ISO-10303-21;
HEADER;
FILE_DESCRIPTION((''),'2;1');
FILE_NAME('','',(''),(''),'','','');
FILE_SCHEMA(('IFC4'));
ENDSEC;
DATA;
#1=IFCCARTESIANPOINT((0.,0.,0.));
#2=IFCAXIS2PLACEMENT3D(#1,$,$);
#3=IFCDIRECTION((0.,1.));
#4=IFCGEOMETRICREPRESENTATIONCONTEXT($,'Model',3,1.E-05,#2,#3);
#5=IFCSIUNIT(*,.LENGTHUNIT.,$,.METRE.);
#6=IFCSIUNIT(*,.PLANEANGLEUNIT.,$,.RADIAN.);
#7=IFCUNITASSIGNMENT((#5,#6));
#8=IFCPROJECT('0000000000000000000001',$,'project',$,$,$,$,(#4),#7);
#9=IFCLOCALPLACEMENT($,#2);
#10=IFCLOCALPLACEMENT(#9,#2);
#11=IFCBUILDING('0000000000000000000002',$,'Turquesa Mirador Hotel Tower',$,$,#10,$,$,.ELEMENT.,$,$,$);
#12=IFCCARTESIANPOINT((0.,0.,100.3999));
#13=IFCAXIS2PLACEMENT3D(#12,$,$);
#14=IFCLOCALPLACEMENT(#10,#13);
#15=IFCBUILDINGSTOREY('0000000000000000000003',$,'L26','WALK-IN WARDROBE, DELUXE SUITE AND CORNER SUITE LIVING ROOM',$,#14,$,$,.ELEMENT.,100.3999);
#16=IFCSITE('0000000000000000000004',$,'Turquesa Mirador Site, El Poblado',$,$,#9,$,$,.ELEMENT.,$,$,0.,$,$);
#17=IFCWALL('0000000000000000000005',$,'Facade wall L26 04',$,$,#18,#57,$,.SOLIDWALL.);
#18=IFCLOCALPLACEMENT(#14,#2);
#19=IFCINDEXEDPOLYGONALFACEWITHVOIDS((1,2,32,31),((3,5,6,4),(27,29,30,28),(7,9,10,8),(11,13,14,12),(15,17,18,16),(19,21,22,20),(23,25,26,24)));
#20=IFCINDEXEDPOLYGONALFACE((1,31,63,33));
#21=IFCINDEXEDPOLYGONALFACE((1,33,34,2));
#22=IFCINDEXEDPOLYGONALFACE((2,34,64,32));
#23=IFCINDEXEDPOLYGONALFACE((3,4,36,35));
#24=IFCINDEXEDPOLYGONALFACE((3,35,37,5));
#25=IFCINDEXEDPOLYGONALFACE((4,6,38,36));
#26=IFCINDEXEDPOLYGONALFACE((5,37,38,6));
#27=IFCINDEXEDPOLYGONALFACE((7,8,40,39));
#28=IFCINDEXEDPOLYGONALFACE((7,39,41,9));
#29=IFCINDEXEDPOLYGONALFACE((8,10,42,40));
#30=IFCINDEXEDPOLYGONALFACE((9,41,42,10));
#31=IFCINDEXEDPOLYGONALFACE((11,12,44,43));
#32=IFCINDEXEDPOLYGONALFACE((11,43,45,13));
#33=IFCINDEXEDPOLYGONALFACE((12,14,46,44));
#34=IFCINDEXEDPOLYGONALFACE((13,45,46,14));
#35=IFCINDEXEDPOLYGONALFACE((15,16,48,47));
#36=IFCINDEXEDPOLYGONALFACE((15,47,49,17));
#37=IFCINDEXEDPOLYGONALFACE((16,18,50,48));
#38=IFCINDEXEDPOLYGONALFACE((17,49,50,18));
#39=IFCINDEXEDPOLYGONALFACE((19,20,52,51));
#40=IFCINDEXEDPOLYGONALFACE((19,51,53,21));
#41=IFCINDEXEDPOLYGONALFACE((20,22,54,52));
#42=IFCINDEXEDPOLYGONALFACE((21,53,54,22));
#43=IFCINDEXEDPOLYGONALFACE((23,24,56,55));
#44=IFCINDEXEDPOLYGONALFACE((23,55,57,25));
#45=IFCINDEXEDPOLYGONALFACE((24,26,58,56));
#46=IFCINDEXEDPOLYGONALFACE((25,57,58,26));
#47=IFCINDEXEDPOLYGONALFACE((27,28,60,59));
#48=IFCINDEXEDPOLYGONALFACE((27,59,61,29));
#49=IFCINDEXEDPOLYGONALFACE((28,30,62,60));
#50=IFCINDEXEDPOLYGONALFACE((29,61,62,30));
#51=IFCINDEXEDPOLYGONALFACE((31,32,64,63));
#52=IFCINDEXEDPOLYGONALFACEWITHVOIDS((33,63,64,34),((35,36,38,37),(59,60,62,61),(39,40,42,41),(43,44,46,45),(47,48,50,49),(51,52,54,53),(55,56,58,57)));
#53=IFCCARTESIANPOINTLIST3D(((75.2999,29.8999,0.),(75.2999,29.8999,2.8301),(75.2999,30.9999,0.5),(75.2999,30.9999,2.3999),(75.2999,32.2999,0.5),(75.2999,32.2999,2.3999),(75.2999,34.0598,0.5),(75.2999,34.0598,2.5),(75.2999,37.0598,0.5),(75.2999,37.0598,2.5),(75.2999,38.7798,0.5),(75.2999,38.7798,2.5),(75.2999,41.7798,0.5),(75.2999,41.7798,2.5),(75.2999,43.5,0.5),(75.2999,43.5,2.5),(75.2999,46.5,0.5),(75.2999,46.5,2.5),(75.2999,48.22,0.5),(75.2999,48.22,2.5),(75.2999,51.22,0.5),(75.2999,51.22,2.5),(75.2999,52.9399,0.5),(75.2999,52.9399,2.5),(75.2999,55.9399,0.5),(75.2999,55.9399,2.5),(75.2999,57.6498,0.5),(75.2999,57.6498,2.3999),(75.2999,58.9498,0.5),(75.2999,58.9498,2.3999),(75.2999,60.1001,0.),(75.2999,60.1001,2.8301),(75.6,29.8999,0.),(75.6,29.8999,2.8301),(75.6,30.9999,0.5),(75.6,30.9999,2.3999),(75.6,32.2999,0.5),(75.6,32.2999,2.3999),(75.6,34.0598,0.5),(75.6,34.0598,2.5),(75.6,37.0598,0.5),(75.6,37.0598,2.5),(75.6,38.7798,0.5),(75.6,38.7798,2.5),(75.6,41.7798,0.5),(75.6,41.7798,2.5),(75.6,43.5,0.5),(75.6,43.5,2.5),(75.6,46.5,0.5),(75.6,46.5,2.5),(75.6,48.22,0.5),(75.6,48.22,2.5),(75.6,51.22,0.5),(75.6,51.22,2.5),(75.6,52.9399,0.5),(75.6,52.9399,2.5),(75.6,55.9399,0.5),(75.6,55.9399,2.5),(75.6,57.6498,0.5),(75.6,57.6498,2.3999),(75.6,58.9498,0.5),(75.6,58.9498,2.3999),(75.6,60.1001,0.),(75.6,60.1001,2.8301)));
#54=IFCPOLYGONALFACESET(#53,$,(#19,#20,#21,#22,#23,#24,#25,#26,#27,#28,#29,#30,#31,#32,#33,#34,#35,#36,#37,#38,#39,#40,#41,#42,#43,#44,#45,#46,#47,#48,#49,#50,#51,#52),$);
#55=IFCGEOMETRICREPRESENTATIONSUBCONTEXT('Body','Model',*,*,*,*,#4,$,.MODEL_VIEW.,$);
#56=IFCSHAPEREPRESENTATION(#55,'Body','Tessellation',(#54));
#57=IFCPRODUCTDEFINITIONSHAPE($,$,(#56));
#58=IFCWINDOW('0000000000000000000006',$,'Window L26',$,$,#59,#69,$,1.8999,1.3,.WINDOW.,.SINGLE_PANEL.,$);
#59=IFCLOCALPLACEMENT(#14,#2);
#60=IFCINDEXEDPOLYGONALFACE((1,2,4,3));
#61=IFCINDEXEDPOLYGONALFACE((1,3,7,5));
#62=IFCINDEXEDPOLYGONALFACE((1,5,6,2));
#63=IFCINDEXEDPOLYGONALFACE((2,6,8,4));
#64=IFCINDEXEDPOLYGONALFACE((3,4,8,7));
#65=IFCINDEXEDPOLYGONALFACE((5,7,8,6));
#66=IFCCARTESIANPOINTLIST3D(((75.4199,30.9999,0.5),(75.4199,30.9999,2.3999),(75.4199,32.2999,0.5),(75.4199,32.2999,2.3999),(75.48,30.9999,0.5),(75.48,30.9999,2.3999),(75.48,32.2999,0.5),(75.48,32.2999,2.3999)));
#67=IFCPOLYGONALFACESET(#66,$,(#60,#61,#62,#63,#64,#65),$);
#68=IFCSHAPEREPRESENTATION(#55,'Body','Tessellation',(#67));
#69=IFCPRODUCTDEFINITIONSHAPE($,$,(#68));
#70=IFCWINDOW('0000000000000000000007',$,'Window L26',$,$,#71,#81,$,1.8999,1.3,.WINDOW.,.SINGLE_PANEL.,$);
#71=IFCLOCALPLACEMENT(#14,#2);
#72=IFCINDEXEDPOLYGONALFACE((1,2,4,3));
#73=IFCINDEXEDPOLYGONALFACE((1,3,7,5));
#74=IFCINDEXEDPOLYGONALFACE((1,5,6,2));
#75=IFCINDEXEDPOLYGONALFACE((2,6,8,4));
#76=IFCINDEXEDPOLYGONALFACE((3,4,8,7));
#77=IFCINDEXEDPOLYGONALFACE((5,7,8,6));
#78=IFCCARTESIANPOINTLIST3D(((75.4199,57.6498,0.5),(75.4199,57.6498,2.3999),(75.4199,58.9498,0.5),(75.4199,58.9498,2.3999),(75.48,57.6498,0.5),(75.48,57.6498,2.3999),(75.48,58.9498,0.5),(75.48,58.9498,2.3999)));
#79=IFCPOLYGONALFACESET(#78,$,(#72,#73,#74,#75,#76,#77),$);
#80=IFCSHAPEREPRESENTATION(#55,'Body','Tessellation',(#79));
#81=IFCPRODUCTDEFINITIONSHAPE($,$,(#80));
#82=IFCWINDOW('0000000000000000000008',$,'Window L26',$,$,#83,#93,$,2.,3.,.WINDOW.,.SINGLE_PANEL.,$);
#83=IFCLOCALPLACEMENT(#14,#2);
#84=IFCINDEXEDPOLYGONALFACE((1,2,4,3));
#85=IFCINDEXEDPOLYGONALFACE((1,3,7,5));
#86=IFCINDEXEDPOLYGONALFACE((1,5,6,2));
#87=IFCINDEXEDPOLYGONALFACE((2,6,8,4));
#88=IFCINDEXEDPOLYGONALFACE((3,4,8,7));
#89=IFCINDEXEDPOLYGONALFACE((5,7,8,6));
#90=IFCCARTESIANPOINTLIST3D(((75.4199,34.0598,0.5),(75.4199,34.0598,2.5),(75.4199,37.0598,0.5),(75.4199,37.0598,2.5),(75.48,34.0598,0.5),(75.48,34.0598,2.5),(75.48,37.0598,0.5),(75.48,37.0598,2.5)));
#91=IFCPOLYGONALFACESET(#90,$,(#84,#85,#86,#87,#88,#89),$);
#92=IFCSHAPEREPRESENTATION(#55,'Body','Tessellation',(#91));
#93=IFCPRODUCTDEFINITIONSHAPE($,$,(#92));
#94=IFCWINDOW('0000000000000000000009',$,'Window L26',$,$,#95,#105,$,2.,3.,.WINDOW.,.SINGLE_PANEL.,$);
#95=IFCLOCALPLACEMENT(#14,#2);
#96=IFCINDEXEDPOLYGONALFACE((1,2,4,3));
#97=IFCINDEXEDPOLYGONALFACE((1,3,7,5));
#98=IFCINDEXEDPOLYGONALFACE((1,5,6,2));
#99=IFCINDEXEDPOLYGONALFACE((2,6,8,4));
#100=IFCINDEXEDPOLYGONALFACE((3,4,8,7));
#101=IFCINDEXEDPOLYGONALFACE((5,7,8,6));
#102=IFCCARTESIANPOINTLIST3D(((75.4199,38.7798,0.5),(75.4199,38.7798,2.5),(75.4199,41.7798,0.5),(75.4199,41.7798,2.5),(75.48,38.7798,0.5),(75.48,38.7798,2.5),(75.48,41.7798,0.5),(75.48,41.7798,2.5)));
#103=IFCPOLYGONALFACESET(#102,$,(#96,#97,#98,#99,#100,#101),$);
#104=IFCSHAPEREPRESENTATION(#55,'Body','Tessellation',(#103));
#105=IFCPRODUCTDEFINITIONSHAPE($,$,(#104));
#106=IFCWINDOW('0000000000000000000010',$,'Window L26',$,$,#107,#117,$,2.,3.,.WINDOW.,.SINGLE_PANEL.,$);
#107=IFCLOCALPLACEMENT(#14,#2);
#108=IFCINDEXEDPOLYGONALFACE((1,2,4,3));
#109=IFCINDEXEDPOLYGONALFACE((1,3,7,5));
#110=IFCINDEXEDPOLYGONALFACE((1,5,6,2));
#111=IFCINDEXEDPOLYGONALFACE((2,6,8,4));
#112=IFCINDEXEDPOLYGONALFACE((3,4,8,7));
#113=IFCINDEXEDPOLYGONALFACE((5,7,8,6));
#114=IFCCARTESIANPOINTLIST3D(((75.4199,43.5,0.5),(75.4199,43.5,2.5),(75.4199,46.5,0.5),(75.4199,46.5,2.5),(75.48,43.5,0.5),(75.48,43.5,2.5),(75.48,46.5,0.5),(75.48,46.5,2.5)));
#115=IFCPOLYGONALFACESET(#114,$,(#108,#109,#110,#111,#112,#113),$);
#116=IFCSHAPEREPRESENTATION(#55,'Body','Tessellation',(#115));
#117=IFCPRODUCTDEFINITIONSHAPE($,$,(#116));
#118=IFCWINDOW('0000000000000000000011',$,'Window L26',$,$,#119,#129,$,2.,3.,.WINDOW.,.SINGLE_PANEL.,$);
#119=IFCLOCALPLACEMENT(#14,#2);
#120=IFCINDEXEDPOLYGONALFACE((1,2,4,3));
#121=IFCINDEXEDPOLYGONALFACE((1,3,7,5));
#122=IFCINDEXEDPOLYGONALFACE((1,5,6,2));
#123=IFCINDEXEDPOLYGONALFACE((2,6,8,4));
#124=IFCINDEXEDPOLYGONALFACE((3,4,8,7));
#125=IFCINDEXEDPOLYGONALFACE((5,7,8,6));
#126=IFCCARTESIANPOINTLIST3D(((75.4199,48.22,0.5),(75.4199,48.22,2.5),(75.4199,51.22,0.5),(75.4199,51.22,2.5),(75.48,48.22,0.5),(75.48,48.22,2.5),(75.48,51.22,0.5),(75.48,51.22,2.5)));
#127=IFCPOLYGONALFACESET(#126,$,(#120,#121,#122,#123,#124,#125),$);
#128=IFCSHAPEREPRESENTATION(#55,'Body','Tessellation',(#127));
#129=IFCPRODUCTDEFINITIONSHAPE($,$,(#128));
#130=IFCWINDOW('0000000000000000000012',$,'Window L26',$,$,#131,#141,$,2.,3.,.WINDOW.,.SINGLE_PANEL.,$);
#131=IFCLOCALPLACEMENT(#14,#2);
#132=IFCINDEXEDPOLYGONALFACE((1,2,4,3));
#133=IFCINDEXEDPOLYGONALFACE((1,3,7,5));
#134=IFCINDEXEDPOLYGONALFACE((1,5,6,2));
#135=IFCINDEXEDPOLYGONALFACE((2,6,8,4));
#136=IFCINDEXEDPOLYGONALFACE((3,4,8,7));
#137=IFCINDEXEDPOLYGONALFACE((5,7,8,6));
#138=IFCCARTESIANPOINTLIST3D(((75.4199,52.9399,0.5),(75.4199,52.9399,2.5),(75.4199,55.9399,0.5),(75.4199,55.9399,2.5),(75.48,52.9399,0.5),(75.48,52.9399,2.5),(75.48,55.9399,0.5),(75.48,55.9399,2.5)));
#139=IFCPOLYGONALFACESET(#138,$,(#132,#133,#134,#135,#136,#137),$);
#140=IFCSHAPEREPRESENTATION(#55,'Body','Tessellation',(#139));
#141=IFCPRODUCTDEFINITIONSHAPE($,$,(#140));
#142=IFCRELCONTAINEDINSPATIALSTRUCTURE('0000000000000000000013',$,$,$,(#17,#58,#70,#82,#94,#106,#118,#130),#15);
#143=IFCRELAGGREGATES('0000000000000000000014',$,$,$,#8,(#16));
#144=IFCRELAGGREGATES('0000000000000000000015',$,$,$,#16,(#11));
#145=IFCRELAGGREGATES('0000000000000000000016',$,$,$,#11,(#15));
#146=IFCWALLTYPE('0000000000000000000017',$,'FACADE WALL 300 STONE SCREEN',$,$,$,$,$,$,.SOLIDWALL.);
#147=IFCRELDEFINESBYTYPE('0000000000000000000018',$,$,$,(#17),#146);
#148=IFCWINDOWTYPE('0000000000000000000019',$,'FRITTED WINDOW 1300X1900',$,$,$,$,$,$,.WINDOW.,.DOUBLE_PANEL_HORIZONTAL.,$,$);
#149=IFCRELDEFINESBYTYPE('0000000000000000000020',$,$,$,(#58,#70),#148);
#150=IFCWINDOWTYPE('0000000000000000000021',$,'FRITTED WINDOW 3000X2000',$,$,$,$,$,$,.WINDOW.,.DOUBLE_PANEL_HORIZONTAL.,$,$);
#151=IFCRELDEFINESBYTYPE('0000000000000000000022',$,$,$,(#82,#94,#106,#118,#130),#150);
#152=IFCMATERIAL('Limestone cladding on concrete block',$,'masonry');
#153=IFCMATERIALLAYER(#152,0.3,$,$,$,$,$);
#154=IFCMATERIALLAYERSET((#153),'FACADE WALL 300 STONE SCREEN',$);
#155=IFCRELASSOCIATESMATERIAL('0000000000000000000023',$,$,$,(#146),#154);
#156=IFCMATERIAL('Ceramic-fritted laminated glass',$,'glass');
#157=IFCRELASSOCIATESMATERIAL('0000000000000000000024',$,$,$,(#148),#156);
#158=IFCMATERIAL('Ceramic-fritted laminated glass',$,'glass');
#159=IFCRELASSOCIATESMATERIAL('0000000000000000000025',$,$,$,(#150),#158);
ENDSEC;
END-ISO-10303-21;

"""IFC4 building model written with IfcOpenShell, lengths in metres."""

from ifc_helpers import new_model, si_unit, direction, frame, frame_2d, origin, place, context, subcontext, project, spatial, rectangle, extrude, material, layer, layer_set, type_object, element, fill, save


model = new_model("IFC4")

# Units and contexts
model_context = context("Model", 3, precision=1e-05, world=origin(), true_north=direction((0.0, 1.0)))
body_context = subcontext(model_context, "Body", "Model", "MODEL_VIEW")
ifc_project = project(units=[si_unit("LENGTHUNIT", "METRE"), si_unit("PLANEANGLEUNIT", "RADIAN")], contexts=[model_context])

# Site, building, storey
site_placement = place(None, origin())
site = spatial("IfcSite", under=ifc_project, at=site_placement, Name="Turquesa Mirador Site, El Poblado", CompositionType="ELEMENT", RefElevation=0.0)
building_placement = place(site_placement, origin())
building = spatial("IfcBuilding", under=site, at=building_placement, Name="Turquesa Mirador Hotel Tower", CompositionType="ELEMENT")
storey_placement = place(building_placement, frame((0.0, 0.0, 100.3999)))
storey = spatial("IfcBuildingStorey", under=building, at=storey_placement, Name="L26", Description="WALK-IN WARDROBE, DELUXE SUITE AND CORNER SUITE LIVING ROOM", CompositionType="ELEMENT", Elevation=100.3999)

# Shared definitions
ifc_material_1 = material(Name="Limestone cladding on concrete block", Category="masonry")
ifc_layer_1 = layer(ifc_material_1, 0.3)
ifc_layer_set_1 = layer_set([ifc_layer_1], Name="FACADE WALL 300 STONE SCREEN")
wall_type_1 = type_object("IfcWallType", Name="FACADE WALL 300 STONE SCREEN", PredefinedType="SOLIDWALL", material=ifc_layer_set_1)

# Wall, openings, windows
wall_1_placement = place(storey_placement, frame((75.45, 29.8999, 0.0), z_axis=(0.0, 0.0, 1.0), x_axis=(0.0, 1.0, 0.0)))
wall_1 = element("IfcWall", 1, at=wall_1_placement, inside=storey, type_object=wall_type_1, Name="Facade wall L26 04", PredefinedType="SOLIDWALL", context=body_context, shape_type="SweptSolid", body=[
    extrude(rectangle(XDim=30.2002, YDim=0.3, at=frame_2d((15.1001, 0.0))), origin(), (0.0, 0.0, 1.0), 2.8301),
])
opening_1_placement = place(wall_1_placement, frame((1.1001, 0.0, 0.5)))
opening_1 = element("IfcOpeningElement", 2, at=opening_1_placement, cuts=wall_1, PredefinedType="OPENING", context=body_context, shape_type="SweptSolid", body=[
    extrude(rectangle(XDim=1.3, YDim=1.8999, at=frame_2d((0.6499, 0.95))), frame((0.0, 0.1599, 0.0), z_axis=(0.0, -1.0, 0.0), x_axis=(1.0, 0.0, 0.0)), (0.0, 0.0, 1.0), 0.3201),
])
opening_2_placement = place(wall_1_placement, frame((4.1599, 0.0, 0.5)))
opening_2 = element("IfcOpeningElement", 3, at=opening_2_placement, cuts=wall_1, PredefinedType="OPENING", context=body_context, shape_type="SweptSolid", body=[
    extrude(rectangle(XDim=3.0, YDim=2.0, at=frame_2d((1.5, 1.0))), frame((0.0, 0.1599, 0.0), z_axis=(0.0, -1.0, 0.0), x_axis=(1.0, 0.0, 0.0)), (0.0, 0.0, 1.0), 0.3201),
])
opening_3_placement = place(wall_1_placement, frame((8.8799, 0.0, 0.5)))
opening_3 = element("IfcOpeningElement", 4, at=opening_3_placement, cuts=wall_1, PredefinedType="OPENING", context=body_context, shape_type="SweptSolid", body=[
    extrude(rectangle(XDim=3.0, YDim=2.0, at=frame_2d((1.5, 1.0))), frame((0.0, 0.1599, 0.0), z_axis=(0.0, -1.0, 0.0), x_axis=(1.0, 0.0, 0.0)), (0.0, 0.0, 1.0), 0.3201),
])
opening_4_placement = place(wall_1_placement, frame((13.6001, 0.0, 0.5)))
opening_4 = element("IfcOpeningElement", 5, at=opening_4_placement, cuts=wall_1, PredefinedType="OPENING", context=body_context, shape_type="SweptSolid", body=[
    extrude(rectangle(XDim=3.0, YDim=2.0, at=frame_2d((1.5, 1.0))), frame((0.0, 0.1599, 0.0), z_axis=(0.0, -1.0, 0.0), x_axis=(1.0, 0.0, 0.0)), (0.0, 0.0, 1.0), 0.3201),
])
opening_5_placement = place(wall_1_placement, frame((18.3201, 0.0, 0.5)))
opening_5 = element("IfcOpeningElement", 6, at=opening_5_placement, cuts=wall_1, PredefinedType="OPENING", context=body_context, shape_type="SweptSolid", body=[
    extrude(rectangle(XDim=3.0, YDim=2.0, at=frame_2d((1.5, 1.0))), frame((0.0, 0.1599, 0.0), z_axis=(0.0, -1.0, 0.0), x_axis=(1.0, 0.0, 0.0)), (0.0, 0.0, 1.0), 0.3201),
])
opening_6_placement = place(wall_1_placement, frame((23.04, 0.0, 0.5)))
opening_6 = element("IfcOpeningElement", 7, at=opening_6_placement, cuts=wall_1, PredefinedType="OPENING", context=body_context, shape_type="SweptSolid", body=[
    extrude(rectangle(XDim=3.0, YDim=2.0, at=frame_2d((1.5, 1.0))), frame((0.0, 0.1599, 0.0), z_axis=(0.0, -1.0, 0.0), x_axis=(1.0, 0.0, 0.0)), (0.0, 0.0, 1.0), 0.3201),
])
opening_7_placement = place(wall_1_placement, frame((27.75, 0.0, 0.5)))
opening_7 = element("IfcOpeningElement", 8, at=opening_7_placement, cuts=wall_1, PredefinedType="OPENING", context=body_context, shape_type="SweptSolid", body=[
    extrude(rectangle(XDim=1.3, YDim=1.8999, at=frame_2d((0.6499, 0.95))), frame((0.0, 0.1599, 0.0), z_axis=(0.0, -1.0, 0.0), x_axis=(1.0, 0.0, 0.0)), (0.0, 0.0, 1.0), 0.3201),
])
ifc_material_2 = material(Name="Ceramic-fritted laminated glass", Category="glass")
window_type_1 = type_object("IfcWindowType", Name="FRITTED WINDOW 1300X1900", PartitioningType="DOUBLE_PANEL_HORIZONTAL", PredefinedType="WINDOW", material=ifc_material_2)
window_1_placement = place(opening_1_placement, origin())
window_1 = element("IfcWindow", 9, at=window_1_placement, inside=storey, type_object=window_type_1, Name="Window L26", OverallHeight=1.8999, OverallWidth=1.3, PartitioningType="SINGLE_PANEL", PredefinedType="WINDOW", context=body_context, shape_type="SweptSolid", body=[
    extrude(rectangle(XDim=1.3, YDim=1.8999, at=frame_2d((0.6499, 0.95))), frame((0.0, 0.03, 0.0), z_axis=(0.0, -1.0, 0.0), x_axis=(1.0, 0.0, 0.0)), (0.0, 0.0, 1.0), 0.0601),
])
fill(opening_1, window_1)
window_2_placement = place(opening_7_placement, origin())
window_2 = element("IfcWindow", 10, at=window_2_placement, inside=storey, type_object=window_type_1, Name="Window L26", OverallHeight=1.8999, OverallWidth=1.3, PartitioningType="SINGLE_PANEL", PredefinedType="WINDOW", context=body_context, shape_type="SweptSolid", body=[
    extrude(rectangle(XDim=1.3, YDim=1.8999, at=frame_2d((0.6499, 0.95))), frame((0.0, 0.03, 0.0), z_axis=(0.0, -1.0, 0.0), x_axis=(1.0, 0.0, 0.0)), (0.0, 0.0, 1.0), 0.0601),
])
fill(opening_7, window_2)
ifc_material_3 = material(Name="Ceramic-fritted laminated glass", Category="glass")
window_type_2 = type_object("IfcWindowType", Name="FRITTED WINDOW 3000X2000", PartitioningType="DOUBLE_PANEL_HORIZONTAL", PredefinedType="WINDOW", material=ifc_material_3)
window_3_placement = place(opening_2_placement, origin())
window_3 = element("IfcWindow", 11, at=window_3_placement, inside=storey, type_object=window_type_2, Name="Window L26", OverallHeight=2.0, OverallWidth=3.0, PartitioningType="SINGLE_PANEL", PredefinedType="WINDOW", context=body_context, shape_type="SweptSolid", body=[
    extrude(rectangle(XDim=3.0, YDim=2.0, at=frame_2d((1.5, 1.0))), frame((0.0, 0.03, 0.0), z_axis=(0.0, -1.0, 0.0), x_axis=(1.0, 0.0, 0.0)), (0.0, 0.0, 1.0), 0.0601),
])
fill(opening_2, window_3)
window_4_placement = place(opening_3_placement, origin())
window_4 = element("IfcWindow", 12, at=window_4_placement, inside=storey, type_object=window_type_2, Name="Window L26", OverallHeight=2.0, OverallWidth=3.0, PartitioningType="SINGLE_PANEL", PredefinedType="WINDOW", context=body_context, shape_type="SweptSolid", body=[
    extrude(rectangle(XDim=3.0, YDim=2.0, at=frame_2d((1.5, 1.0))), frame((0.0, 0.03, 0.0), z_axis=(0.0, -1.0, 0.0), x_axis=(1.0, 0.0, 0.0)), (0.0, 0.0, 1.0), 0.0601),
])
fill(opening_3, window_4)
window_5_placement = place(opening_4_placement, origin())
window_5 = element("IfcWindow", 13, at=window_5_placement, inside=storey, type_object=window_type_2, Name="Window L26", OverallHeight=2.0, OverallWidth=3.0, PartitioningType="SINGLE_PANEL", PredefinedType="WINDOW", context=body_context, shape_type="SweptSolid", body=[
    extrude(rectangle(XDim=3.0, YDim=2.0, at=frame_2d((1.5, 1.0))), frame((0.0, 0.03, 0.0), z_axis=(0.0, -1.0, 0.0), x_axis=(1.0, 0.0, 0.0)), (0.0, 0.0, 1.0), 0.0601),
])
fill(opening_4, window_5)
window_6_placement = place(opening_5_placement, origin())
window_6 = element("IfcWindow", 14, at=window_6_placement, inside=storey, type_object=window_type_2, Name="Window L26", OverallHeight=2.0, OverallWidth=3.0, PartitioningType="SINGLE_PANEL", PredefinedType="WINDOW", context=body_context, shape_type="SweptSolid", body=[
    extrude(rectangle(XDim=3.0, YDim=2.0, at=frame_2d((1.5, 1.0))), frame((0.0, 0.03, 0.0), z_axis=(0.0, -1.0, 0.0), x_axis=(1.0, 0.0, 0.0)), (0.0, 0.0, 1.0), 0.0601),
])
fill(opening_5, window_6)
window_7_placement = place(opening_6_placement, origin())
window_7 = element("IfcWindow", 15, at=window_7_placement, inside=storey, type_object=window_type_2, Name="Window L26", OverallHeight=2.0, OverallWidth=3.0, PartitioningType="SINGLE_PANEL", PredefinedType="WINDOW", context=body_context, shape_type="SweptSolid", body=[
    extrude(rectangle(XDim=3.0, YDim=2.0, at=frame_2d((1.5, 1.0))), frame((0.0, 0.03, 0.0), z_axis=(0.0, -1.0, 0.0), x_axis=(1.0, 0.0, 0.0)), (0.0, 0.0, 1.0), 0.0601),
])
fill(opening_6, window_7)

save(model, "model.ifc")
